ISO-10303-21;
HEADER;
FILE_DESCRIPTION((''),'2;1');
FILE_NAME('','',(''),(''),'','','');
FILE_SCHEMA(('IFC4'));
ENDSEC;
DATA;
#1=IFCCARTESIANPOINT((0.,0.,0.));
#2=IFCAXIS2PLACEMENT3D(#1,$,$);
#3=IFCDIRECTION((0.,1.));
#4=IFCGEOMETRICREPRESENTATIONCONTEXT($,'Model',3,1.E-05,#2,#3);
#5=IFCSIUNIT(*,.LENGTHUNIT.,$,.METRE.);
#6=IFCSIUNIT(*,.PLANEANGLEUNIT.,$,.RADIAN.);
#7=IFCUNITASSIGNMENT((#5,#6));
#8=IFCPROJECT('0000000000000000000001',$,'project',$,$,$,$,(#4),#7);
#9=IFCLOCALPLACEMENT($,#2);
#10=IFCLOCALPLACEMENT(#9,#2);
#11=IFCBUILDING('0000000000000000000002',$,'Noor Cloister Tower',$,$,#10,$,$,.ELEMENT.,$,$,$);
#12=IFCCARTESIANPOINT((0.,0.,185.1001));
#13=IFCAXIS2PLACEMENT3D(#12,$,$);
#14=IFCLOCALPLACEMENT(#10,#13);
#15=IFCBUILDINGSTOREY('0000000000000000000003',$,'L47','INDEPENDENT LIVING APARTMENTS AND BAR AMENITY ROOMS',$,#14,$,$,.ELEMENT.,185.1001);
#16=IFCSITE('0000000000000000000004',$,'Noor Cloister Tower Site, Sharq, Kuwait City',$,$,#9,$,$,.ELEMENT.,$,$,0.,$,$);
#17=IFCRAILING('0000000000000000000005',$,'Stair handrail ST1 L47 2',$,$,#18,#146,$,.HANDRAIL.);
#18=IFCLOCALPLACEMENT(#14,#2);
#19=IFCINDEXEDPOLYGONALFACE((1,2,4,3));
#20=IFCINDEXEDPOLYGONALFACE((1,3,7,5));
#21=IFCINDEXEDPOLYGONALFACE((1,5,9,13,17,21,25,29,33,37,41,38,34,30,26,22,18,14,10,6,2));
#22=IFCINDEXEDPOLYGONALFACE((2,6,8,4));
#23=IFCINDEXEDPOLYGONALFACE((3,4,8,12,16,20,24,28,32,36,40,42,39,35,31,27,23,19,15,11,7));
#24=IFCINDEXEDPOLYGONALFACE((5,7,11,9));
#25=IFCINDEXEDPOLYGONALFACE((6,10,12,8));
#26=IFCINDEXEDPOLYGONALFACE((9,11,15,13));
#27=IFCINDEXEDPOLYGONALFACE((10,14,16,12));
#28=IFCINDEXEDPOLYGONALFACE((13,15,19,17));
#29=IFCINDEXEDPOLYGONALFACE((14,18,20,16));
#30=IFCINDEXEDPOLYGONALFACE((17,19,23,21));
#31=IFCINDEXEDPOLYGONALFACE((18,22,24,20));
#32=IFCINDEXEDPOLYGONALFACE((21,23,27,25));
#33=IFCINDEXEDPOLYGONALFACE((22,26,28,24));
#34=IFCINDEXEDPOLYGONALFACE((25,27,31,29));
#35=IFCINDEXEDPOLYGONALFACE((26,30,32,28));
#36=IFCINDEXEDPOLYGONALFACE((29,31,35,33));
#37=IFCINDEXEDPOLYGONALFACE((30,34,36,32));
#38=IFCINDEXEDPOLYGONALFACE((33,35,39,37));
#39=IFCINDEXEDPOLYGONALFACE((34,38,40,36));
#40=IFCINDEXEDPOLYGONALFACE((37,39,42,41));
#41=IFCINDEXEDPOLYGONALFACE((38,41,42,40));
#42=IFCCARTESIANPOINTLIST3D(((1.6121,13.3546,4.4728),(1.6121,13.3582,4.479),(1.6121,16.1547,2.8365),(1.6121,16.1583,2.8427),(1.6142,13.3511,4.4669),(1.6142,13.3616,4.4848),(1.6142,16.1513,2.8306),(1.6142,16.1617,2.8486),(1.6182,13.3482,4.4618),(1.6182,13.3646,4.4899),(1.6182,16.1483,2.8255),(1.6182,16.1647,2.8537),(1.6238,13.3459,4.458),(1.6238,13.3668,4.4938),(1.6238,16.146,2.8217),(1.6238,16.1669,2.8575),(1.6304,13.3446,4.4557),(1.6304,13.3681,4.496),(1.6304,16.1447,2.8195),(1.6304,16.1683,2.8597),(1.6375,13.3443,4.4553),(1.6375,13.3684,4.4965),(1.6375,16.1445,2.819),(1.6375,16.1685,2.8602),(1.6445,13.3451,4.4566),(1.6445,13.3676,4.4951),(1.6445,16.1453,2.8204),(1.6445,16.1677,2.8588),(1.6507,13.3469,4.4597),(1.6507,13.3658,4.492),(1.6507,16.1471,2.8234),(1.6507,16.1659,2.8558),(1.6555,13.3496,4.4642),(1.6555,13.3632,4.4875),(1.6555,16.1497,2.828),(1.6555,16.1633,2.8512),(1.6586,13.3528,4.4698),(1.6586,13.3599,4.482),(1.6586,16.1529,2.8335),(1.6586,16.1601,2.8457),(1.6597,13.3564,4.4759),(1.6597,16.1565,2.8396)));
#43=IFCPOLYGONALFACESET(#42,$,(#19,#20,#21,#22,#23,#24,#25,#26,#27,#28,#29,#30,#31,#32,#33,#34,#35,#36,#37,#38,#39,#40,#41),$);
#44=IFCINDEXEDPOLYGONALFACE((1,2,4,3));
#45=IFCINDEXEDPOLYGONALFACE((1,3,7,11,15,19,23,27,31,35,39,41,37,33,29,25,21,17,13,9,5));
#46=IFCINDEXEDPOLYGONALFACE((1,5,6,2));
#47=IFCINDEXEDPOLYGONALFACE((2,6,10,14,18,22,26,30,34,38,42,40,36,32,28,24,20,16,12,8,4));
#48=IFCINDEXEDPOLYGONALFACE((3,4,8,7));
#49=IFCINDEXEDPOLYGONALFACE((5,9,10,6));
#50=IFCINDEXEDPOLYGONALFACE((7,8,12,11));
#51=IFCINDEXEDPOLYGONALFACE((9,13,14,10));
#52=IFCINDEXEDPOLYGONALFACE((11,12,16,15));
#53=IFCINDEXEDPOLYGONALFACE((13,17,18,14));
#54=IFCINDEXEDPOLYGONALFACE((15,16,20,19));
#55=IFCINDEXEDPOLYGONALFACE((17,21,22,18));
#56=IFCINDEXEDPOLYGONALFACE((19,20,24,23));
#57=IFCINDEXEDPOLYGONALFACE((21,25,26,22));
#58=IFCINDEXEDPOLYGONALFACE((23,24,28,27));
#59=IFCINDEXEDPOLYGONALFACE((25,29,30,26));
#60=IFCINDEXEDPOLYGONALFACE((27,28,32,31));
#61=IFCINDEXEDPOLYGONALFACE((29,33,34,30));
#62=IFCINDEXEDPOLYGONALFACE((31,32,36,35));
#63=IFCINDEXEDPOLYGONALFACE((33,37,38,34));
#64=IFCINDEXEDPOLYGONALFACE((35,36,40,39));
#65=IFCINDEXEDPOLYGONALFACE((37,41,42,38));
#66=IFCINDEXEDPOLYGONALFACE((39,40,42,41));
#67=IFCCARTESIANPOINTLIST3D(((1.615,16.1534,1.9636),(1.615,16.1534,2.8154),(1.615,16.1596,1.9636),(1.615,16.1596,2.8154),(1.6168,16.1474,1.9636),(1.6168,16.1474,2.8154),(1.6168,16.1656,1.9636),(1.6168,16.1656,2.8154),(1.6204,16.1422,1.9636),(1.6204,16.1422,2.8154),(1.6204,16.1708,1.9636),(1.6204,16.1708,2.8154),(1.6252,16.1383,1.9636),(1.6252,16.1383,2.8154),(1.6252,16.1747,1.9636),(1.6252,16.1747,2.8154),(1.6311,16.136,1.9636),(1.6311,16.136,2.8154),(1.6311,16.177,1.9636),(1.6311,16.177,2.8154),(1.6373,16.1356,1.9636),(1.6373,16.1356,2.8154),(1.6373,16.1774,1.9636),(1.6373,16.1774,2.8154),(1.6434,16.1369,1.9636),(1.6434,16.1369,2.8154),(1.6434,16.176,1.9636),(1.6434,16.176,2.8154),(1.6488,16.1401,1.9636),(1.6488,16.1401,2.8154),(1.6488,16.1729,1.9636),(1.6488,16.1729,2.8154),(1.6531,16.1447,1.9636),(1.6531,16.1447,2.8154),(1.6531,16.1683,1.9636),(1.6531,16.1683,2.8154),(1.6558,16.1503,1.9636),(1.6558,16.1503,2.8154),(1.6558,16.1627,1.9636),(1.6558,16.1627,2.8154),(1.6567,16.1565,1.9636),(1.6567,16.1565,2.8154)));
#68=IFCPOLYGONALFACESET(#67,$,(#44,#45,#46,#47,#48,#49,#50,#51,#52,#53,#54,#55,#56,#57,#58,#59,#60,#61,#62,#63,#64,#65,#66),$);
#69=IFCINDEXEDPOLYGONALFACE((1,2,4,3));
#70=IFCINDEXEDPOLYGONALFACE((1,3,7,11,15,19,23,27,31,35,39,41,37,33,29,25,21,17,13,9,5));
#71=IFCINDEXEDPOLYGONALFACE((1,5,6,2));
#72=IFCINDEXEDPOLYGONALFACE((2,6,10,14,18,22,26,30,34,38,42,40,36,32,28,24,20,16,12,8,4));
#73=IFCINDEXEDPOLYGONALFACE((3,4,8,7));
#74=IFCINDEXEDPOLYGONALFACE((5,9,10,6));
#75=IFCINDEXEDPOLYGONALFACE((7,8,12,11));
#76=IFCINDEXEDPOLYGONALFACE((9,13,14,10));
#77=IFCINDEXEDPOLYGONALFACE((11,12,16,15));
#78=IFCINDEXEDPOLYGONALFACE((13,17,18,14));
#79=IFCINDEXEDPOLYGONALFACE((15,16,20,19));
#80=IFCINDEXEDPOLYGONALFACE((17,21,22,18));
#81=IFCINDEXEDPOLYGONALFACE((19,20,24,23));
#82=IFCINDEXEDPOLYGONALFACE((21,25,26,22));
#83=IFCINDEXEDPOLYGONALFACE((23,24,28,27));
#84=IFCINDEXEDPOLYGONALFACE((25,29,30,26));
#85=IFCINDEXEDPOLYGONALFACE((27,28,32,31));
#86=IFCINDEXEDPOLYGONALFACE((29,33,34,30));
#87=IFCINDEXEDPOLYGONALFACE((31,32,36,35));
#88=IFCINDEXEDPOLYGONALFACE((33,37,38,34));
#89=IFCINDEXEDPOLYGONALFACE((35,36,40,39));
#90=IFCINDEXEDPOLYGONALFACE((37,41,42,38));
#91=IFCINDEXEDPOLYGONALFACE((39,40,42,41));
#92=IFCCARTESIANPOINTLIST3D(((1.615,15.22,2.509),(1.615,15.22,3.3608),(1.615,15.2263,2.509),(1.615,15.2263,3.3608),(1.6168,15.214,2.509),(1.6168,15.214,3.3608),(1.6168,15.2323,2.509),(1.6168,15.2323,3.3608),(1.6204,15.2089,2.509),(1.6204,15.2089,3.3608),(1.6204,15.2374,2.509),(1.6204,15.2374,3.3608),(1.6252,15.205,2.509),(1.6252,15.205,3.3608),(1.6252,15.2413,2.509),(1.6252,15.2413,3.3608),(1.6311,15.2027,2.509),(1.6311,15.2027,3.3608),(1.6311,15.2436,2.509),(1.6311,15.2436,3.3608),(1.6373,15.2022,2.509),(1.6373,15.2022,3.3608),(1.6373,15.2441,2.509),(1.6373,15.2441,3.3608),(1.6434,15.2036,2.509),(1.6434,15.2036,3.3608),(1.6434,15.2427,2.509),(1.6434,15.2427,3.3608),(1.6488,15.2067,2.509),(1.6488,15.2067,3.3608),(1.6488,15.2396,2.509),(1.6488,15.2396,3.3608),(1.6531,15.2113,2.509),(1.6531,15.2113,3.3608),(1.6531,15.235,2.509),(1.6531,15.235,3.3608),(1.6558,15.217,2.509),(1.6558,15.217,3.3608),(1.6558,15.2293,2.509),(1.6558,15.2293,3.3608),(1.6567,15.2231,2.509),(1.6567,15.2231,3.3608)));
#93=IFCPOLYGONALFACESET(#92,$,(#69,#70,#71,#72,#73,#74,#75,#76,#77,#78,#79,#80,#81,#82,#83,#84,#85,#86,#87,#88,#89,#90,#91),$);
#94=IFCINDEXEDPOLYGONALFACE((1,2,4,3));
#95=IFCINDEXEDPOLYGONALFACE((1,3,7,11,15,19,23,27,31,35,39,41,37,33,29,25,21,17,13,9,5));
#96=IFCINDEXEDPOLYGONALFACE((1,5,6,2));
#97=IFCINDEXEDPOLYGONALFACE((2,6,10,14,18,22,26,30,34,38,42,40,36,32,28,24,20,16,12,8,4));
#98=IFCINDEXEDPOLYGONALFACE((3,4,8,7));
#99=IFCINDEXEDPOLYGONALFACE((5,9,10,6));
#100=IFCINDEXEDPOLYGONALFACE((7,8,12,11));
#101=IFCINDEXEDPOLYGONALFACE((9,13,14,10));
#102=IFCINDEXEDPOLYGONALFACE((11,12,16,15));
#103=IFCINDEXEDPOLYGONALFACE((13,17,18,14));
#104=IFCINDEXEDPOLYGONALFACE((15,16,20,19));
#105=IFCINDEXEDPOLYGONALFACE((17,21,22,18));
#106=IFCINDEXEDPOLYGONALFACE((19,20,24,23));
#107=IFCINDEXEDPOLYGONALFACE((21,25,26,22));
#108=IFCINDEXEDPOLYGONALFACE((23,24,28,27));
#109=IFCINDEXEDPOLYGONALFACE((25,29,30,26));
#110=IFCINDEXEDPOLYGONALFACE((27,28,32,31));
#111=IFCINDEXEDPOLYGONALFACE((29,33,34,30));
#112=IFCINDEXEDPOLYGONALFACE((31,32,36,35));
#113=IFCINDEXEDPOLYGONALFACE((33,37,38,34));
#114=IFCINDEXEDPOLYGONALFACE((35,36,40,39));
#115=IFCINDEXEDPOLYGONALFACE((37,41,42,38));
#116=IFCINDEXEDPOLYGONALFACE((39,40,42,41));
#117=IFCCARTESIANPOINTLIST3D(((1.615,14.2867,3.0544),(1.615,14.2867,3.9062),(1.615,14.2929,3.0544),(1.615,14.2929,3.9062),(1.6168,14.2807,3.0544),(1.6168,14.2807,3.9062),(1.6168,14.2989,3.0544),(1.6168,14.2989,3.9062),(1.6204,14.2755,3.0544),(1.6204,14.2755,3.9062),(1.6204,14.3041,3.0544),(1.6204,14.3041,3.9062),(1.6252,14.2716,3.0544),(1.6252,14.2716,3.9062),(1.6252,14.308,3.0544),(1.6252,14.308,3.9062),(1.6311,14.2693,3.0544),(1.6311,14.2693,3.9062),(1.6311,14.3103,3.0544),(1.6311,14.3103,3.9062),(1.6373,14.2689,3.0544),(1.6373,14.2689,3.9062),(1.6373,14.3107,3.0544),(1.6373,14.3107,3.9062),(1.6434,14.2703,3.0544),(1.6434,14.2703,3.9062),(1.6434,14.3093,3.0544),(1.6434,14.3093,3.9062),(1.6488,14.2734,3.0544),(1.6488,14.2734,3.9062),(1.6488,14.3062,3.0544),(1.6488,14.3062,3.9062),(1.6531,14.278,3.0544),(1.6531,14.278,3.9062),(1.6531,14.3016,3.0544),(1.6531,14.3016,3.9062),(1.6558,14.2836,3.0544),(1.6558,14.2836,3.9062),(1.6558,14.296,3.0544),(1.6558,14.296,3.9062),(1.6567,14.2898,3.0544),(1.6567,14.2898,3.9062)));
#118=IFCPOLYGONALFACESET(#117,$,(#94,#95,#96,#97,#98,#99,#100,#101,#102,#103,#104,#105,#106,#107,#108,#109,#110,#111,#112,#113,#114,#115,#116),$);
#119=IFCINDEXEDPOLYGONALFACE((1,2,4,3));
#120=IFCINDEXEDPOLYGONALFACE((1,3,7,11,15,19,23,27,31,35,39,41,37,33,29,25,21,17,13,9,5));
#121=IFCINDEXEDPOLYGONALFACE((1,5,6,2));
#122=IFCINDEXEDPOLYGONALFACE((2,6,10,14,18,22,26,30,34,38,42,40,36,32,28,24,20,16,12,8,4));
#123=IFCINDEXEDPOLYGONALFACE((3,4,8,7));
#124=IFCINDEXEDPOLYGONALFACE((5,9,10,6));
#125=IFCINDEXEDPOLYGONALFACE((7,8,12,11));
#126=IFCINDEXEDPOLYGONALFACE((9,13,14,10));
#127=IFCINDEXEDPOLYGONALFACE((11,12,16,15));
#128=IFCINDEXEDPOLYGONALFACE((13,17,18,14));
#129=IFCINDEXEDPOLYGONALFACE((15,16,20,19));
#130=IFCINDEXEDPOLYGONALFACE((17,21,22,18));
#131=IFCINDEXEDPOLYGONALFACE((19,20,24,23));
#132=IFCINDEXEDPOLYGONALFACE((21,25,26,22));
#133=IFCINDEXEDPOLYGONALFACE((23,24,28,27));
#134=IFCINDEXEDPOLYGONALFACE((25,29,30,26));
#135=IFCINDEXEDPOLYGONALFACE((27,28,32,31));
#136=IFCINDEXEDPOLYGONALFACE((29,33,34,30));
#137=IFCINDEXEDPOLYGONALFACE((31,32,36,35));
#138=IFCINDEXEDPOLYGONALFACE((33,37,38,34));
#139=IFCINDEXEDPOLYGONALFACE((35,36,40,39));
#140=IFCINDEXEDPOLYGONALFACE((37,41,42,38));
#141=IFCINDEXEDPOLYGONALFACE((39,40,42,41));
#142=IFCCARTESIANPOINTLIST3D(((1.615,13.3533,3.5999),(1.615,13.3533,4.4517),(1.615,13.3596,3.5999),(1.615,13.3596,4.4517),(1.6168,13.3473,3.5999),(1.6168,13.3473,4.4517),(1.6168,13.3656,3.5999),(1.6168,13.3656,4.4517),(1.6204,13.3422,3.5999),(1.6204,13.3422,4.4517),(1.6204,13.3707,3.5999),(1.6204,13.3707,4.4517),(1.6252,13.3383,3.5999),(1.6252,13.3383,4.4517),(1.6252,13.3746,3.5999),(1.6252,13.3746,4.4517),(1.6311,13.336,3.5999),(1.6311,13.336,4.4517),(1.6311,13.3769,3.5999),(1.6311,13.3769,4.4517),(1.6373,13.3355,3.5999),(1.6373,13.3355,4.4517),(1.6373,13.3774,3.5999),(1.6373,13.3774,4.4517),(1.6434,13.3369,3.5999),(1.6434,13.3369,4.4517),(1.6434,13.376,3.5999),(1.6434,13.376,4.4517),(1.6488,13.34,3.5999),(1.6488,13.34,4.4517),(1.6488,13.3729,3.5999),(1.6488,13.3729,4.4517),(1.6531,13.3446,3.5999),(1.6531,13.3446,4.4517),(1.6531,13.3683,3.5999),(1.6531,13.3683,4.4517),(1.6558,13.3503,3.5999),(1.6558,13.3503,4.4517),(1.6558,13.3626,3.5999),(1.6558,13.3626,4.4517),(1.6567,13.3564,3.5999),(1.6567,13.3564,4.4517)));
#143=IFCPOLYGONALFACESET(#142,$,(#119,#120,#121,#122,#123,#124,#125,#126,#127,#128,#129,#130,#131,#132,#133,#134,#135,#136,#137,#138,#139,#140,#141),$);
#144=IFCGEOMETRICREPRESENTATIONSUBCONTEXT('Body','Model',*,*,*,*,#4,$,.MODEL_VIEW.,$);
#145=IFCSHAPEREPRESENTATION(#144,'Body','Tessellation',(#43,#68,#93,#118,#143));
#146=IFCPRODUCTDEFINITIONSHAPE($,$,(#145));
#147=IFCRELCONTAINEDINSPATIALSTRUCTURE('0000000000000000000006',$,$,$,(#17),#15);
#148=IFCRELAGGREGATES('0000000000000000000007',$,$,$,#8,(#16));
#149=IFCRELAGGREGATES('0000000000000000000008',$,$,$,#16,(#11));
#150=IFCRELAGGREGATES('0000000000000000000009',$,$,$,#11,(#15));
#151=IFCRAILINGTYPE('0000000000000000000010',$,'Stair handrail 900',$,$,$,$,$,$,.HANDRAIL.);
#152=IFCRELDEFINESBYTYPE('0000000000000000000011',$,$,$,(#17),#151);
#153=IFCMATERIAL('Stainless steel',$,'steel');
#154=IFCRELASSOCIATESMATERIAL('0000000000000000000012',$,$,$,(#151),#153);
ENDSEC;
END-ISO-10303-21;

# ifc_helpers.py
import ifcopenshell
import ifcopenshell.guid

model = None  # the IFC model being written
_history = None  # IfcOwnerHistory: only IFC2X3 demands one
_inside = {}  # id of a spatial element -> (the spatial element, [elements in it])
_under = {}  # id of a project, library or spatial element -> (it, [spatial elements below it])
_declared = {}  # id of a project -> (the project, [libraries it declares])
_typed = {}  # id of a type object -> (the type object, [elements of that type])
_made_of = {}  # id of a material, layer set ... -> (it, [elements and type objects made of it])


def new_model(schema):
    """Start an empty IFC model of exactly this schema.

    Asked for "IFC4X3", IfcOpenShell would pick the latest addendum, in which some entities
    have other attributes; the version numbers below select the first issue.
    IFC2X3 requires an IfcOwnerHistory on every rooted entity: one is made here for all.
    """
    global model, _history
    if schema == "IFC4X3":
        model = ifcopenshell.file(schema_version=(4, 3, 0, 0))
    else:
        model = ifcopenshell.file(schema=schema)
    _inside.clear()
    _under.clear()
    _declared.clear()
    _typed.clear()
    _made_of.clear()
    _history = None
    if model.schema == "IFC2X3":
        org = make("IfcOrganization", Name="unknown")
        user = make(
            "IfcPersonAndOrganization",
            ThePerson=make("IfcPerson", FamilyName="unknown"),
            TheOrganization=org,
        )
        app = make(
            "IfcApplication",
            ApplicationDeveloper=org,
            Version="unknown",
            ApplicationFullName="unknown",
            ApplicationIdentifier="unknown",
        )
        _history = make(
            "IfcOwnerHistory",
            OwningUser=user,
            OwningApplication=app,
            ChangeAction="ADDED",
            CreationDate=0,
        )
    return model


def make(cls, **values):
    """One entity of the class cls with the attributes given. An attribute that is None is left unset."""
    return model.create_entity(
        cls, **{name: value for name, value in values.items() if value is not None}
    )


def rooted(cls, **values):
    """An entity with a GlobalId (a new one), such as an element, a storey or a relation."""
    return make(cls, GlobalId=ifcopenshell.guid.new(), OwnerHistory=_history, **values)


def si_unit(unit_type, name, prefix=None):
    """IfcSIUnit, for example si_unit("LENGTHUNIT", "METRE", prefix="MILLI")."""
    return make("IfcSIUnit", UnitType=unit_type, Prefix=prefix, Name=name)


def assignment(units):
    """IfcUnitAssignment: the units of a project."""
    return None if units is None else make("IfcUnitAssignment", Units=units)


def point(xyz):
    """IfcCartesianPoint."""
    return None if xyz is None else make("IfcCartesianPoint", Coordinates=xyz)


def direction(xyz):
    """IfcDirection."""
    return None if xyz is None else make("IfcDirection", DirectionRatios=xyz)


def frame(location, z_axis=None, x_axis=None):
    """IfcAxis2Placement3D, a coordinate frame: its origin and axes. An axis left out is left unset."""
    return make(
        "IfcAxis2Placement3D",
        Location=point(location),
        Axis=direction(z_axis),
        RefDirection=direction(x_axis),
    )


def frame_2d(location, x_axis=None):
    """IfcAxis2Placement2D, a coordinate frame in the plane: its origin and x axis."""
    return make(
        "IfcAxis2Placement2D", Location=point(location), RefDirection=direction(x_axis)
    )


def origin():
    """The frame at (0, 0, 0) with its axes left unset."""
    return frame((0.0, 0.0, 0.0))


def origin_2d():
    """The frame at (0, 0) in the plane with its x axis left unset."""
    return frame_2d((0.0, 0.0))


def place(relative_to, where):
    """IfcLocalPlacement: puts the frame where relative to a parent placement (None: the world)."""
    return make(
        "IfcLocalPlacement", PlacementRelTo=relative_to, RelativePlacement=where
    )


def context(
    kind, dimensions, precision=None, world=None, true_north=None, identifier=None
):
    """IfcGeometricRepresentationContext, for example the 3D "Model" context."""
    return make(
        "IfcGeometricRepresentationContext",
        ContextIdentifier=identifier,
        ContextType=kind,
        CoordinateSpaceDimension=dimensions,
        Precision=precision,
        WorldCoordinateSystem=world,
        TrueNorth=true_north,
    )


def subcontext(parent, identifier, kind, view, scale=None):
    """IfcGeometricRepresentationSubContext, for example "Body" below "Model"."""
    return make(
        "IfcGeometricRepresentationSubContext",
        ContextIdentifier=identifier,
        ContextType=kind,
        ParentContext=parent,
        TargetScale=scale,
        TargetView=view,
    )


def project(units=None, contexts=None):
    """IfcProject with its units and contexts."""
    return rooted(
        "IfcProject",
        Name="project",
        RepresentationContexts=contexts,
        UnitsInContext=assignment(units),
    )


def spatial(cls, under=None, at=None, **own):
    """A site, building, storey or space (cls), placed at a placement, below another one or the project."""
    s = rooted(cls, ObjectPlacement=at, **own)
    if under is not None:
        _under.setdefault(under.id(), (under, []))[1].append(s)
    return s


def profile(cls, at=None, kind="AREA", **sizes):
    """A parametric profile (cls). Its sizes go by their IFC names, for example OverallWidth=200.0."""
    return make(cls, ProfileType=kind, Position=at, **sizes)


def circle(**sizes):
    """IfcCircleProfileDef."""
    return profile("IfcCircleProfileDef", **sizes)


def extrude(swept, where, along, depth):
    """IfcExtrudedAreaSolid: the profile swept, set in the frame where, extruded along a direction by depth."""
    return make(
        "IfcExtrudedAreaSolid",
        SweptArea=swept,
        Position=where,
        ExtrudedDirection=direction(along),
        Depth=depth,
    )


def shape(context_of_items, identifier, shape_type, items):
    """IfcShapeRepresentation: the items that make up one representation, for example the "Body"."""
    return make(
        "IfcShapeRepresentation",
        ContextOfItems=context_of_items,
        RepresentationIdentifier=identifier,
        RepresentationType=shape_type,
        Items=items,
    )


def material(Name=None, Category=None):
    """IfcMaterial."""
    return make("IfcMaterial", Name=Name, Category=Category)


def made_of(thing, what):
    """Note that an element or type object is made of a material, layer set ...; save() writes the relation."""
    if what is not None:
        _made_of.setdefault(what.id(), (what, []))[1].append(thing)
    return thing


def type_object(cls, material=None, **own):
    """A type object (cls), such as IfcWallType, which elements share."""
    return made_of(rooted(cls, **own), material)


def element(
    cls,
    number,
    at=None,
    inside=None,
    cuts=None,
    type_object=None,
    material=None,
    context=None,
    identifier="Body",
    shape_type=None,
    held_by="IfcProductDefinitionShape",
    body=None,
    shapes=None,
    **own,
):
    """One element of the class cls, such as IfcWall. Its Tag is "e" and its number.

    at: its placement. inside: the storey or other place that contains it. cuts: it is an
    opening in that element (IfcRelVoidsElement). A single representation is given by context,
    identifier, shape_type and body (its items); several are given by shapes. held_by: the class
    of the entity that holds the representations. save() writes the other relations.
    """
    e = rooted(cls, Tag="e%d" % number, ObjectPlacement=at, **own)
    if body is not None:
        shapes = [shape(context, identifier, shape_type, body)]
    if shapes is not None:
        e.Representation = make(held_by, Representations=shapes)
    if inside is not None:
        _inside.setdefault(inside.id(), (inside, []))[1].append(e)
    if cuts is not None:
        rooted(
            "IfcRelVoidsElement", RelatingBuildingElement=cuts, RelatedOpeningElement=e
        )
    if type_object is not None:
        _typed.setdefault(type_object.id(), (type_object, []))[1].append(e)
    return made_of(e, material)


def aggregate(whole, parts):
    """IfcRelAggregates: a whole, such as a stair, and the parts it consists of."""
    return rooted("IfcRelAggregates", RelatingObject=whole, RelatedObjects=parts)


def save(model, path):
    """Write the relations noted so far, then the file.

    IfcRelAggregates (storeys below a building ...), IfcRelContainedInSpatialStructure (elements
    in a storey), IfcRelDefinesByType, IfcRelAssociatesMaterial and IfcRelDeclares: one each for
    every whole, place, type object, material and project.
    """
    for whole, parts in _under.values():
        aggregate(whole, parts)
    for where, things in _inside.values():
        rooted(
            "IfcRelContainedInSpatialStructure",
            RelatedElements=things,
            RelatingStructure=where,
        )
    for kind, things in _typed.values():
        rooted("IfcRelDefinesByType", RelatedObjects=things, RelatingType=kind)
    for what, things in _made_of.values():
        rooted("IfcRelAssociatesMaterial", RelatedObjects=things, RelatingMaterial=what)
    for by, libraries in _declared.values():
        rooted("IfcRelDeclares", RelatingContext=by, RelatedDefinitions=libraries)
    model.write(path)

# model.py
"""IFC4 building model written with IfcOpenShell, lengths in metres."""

from ifc_helpers import new_model, si_unit, direction, frame, origin, origin_2d, place, context, subcontext, project, spatial, circle, extrude, material, type_object, element, save


model = new_model("IFC4")

# Units and contexts
model_context = context("Model", 3, precision=1e-05, world=origin(), true_north=direction((0.0, 1.0)))
body_context = subcontext(model_context, "Body", "Model", "MODEL_VIEW")
ifc_project = project(units=[si_unit("LENGTHUNIT", "METRE"), si_unit("PLANEANGLEUNIT", "RADIAN")], contexts=[model_context])

# Site, building, storey
site_placement = place(None, origin())
site = spatial("IfcSite", under=ifc_project, at=site_placement, Name="Noor Cloister Tower Site, Sharq, Kuwait City", CompositionType="ELEMENT", RefElevation=0.0)
building_placement = place(site_placement, origin())
building = spatial("IfcBuilding", under=site, at=building_placement, Name="Noor Cloister Tower", CompositionType="ELEMENT")
storey_placement = place(building_placement, frame((0.0, 0.0, 185.1001)))
storey = spatial("IfcBuildingStorey", under=building, at=storey_placement, Name="L47", Description="INDEPENDENT LIVING APARTMENTS AND BAR AMENITY ROOMS", CompositionType="ELEMENT", Elevation=185.1001)

# Railing
ifc_material_1 = material(Name="Stainless steel", Category="steel")
railing_type_1 = type_object("IfcRailingType", Name="Stair handrail 900", PredefinedType="HANDRAIL", material=ifc_material_1)
railing_1_placement = place(storey_placement, frame((1.6357, 16.1565, 1.9636)))
element("IfcRailing", 1, at=railing_1_placement, inside=storey, type_object=railing_type_1, Name="Stair handrail ST1 L47 2", PredefinedType="HANDRAIL", context=body_context, shape_type="SweptSolid", body=[
    extrude(circle(Radius=0.0239, at=origin_2d()), frame((0.0, 0.0, 0.876), z_axis=(0.0, -0.863394, 0.504531), x_axis=(1.0, 0.0, 0.0)), (0.0, 0.0, 1.0), 3.2432),
    extrude(circle(Radius=0.021, at=origin_2d()), origin(), (0.0, 0.0, 1.0), 0.8518),
    extrude(circle(Radius=0.021, at=origin_2d()), frame((0.0, -0.9333, 0.5454)), (0.0, 0.0, 1.0), 0.8518),
    extrude(circle(Radius=0.021, at=origin_2d()), frame((0.0, -1.8667, 1.0908)), (0.0, 0.0, 1.0), 0.8518),
    extrude(circle(Radius=0.021, at=origin_2d()), frame((0.0, -2.8, 1.6362)), (0.0, 0.0, 1.0), 0.8518),
])

save(model, "model.ifc")
